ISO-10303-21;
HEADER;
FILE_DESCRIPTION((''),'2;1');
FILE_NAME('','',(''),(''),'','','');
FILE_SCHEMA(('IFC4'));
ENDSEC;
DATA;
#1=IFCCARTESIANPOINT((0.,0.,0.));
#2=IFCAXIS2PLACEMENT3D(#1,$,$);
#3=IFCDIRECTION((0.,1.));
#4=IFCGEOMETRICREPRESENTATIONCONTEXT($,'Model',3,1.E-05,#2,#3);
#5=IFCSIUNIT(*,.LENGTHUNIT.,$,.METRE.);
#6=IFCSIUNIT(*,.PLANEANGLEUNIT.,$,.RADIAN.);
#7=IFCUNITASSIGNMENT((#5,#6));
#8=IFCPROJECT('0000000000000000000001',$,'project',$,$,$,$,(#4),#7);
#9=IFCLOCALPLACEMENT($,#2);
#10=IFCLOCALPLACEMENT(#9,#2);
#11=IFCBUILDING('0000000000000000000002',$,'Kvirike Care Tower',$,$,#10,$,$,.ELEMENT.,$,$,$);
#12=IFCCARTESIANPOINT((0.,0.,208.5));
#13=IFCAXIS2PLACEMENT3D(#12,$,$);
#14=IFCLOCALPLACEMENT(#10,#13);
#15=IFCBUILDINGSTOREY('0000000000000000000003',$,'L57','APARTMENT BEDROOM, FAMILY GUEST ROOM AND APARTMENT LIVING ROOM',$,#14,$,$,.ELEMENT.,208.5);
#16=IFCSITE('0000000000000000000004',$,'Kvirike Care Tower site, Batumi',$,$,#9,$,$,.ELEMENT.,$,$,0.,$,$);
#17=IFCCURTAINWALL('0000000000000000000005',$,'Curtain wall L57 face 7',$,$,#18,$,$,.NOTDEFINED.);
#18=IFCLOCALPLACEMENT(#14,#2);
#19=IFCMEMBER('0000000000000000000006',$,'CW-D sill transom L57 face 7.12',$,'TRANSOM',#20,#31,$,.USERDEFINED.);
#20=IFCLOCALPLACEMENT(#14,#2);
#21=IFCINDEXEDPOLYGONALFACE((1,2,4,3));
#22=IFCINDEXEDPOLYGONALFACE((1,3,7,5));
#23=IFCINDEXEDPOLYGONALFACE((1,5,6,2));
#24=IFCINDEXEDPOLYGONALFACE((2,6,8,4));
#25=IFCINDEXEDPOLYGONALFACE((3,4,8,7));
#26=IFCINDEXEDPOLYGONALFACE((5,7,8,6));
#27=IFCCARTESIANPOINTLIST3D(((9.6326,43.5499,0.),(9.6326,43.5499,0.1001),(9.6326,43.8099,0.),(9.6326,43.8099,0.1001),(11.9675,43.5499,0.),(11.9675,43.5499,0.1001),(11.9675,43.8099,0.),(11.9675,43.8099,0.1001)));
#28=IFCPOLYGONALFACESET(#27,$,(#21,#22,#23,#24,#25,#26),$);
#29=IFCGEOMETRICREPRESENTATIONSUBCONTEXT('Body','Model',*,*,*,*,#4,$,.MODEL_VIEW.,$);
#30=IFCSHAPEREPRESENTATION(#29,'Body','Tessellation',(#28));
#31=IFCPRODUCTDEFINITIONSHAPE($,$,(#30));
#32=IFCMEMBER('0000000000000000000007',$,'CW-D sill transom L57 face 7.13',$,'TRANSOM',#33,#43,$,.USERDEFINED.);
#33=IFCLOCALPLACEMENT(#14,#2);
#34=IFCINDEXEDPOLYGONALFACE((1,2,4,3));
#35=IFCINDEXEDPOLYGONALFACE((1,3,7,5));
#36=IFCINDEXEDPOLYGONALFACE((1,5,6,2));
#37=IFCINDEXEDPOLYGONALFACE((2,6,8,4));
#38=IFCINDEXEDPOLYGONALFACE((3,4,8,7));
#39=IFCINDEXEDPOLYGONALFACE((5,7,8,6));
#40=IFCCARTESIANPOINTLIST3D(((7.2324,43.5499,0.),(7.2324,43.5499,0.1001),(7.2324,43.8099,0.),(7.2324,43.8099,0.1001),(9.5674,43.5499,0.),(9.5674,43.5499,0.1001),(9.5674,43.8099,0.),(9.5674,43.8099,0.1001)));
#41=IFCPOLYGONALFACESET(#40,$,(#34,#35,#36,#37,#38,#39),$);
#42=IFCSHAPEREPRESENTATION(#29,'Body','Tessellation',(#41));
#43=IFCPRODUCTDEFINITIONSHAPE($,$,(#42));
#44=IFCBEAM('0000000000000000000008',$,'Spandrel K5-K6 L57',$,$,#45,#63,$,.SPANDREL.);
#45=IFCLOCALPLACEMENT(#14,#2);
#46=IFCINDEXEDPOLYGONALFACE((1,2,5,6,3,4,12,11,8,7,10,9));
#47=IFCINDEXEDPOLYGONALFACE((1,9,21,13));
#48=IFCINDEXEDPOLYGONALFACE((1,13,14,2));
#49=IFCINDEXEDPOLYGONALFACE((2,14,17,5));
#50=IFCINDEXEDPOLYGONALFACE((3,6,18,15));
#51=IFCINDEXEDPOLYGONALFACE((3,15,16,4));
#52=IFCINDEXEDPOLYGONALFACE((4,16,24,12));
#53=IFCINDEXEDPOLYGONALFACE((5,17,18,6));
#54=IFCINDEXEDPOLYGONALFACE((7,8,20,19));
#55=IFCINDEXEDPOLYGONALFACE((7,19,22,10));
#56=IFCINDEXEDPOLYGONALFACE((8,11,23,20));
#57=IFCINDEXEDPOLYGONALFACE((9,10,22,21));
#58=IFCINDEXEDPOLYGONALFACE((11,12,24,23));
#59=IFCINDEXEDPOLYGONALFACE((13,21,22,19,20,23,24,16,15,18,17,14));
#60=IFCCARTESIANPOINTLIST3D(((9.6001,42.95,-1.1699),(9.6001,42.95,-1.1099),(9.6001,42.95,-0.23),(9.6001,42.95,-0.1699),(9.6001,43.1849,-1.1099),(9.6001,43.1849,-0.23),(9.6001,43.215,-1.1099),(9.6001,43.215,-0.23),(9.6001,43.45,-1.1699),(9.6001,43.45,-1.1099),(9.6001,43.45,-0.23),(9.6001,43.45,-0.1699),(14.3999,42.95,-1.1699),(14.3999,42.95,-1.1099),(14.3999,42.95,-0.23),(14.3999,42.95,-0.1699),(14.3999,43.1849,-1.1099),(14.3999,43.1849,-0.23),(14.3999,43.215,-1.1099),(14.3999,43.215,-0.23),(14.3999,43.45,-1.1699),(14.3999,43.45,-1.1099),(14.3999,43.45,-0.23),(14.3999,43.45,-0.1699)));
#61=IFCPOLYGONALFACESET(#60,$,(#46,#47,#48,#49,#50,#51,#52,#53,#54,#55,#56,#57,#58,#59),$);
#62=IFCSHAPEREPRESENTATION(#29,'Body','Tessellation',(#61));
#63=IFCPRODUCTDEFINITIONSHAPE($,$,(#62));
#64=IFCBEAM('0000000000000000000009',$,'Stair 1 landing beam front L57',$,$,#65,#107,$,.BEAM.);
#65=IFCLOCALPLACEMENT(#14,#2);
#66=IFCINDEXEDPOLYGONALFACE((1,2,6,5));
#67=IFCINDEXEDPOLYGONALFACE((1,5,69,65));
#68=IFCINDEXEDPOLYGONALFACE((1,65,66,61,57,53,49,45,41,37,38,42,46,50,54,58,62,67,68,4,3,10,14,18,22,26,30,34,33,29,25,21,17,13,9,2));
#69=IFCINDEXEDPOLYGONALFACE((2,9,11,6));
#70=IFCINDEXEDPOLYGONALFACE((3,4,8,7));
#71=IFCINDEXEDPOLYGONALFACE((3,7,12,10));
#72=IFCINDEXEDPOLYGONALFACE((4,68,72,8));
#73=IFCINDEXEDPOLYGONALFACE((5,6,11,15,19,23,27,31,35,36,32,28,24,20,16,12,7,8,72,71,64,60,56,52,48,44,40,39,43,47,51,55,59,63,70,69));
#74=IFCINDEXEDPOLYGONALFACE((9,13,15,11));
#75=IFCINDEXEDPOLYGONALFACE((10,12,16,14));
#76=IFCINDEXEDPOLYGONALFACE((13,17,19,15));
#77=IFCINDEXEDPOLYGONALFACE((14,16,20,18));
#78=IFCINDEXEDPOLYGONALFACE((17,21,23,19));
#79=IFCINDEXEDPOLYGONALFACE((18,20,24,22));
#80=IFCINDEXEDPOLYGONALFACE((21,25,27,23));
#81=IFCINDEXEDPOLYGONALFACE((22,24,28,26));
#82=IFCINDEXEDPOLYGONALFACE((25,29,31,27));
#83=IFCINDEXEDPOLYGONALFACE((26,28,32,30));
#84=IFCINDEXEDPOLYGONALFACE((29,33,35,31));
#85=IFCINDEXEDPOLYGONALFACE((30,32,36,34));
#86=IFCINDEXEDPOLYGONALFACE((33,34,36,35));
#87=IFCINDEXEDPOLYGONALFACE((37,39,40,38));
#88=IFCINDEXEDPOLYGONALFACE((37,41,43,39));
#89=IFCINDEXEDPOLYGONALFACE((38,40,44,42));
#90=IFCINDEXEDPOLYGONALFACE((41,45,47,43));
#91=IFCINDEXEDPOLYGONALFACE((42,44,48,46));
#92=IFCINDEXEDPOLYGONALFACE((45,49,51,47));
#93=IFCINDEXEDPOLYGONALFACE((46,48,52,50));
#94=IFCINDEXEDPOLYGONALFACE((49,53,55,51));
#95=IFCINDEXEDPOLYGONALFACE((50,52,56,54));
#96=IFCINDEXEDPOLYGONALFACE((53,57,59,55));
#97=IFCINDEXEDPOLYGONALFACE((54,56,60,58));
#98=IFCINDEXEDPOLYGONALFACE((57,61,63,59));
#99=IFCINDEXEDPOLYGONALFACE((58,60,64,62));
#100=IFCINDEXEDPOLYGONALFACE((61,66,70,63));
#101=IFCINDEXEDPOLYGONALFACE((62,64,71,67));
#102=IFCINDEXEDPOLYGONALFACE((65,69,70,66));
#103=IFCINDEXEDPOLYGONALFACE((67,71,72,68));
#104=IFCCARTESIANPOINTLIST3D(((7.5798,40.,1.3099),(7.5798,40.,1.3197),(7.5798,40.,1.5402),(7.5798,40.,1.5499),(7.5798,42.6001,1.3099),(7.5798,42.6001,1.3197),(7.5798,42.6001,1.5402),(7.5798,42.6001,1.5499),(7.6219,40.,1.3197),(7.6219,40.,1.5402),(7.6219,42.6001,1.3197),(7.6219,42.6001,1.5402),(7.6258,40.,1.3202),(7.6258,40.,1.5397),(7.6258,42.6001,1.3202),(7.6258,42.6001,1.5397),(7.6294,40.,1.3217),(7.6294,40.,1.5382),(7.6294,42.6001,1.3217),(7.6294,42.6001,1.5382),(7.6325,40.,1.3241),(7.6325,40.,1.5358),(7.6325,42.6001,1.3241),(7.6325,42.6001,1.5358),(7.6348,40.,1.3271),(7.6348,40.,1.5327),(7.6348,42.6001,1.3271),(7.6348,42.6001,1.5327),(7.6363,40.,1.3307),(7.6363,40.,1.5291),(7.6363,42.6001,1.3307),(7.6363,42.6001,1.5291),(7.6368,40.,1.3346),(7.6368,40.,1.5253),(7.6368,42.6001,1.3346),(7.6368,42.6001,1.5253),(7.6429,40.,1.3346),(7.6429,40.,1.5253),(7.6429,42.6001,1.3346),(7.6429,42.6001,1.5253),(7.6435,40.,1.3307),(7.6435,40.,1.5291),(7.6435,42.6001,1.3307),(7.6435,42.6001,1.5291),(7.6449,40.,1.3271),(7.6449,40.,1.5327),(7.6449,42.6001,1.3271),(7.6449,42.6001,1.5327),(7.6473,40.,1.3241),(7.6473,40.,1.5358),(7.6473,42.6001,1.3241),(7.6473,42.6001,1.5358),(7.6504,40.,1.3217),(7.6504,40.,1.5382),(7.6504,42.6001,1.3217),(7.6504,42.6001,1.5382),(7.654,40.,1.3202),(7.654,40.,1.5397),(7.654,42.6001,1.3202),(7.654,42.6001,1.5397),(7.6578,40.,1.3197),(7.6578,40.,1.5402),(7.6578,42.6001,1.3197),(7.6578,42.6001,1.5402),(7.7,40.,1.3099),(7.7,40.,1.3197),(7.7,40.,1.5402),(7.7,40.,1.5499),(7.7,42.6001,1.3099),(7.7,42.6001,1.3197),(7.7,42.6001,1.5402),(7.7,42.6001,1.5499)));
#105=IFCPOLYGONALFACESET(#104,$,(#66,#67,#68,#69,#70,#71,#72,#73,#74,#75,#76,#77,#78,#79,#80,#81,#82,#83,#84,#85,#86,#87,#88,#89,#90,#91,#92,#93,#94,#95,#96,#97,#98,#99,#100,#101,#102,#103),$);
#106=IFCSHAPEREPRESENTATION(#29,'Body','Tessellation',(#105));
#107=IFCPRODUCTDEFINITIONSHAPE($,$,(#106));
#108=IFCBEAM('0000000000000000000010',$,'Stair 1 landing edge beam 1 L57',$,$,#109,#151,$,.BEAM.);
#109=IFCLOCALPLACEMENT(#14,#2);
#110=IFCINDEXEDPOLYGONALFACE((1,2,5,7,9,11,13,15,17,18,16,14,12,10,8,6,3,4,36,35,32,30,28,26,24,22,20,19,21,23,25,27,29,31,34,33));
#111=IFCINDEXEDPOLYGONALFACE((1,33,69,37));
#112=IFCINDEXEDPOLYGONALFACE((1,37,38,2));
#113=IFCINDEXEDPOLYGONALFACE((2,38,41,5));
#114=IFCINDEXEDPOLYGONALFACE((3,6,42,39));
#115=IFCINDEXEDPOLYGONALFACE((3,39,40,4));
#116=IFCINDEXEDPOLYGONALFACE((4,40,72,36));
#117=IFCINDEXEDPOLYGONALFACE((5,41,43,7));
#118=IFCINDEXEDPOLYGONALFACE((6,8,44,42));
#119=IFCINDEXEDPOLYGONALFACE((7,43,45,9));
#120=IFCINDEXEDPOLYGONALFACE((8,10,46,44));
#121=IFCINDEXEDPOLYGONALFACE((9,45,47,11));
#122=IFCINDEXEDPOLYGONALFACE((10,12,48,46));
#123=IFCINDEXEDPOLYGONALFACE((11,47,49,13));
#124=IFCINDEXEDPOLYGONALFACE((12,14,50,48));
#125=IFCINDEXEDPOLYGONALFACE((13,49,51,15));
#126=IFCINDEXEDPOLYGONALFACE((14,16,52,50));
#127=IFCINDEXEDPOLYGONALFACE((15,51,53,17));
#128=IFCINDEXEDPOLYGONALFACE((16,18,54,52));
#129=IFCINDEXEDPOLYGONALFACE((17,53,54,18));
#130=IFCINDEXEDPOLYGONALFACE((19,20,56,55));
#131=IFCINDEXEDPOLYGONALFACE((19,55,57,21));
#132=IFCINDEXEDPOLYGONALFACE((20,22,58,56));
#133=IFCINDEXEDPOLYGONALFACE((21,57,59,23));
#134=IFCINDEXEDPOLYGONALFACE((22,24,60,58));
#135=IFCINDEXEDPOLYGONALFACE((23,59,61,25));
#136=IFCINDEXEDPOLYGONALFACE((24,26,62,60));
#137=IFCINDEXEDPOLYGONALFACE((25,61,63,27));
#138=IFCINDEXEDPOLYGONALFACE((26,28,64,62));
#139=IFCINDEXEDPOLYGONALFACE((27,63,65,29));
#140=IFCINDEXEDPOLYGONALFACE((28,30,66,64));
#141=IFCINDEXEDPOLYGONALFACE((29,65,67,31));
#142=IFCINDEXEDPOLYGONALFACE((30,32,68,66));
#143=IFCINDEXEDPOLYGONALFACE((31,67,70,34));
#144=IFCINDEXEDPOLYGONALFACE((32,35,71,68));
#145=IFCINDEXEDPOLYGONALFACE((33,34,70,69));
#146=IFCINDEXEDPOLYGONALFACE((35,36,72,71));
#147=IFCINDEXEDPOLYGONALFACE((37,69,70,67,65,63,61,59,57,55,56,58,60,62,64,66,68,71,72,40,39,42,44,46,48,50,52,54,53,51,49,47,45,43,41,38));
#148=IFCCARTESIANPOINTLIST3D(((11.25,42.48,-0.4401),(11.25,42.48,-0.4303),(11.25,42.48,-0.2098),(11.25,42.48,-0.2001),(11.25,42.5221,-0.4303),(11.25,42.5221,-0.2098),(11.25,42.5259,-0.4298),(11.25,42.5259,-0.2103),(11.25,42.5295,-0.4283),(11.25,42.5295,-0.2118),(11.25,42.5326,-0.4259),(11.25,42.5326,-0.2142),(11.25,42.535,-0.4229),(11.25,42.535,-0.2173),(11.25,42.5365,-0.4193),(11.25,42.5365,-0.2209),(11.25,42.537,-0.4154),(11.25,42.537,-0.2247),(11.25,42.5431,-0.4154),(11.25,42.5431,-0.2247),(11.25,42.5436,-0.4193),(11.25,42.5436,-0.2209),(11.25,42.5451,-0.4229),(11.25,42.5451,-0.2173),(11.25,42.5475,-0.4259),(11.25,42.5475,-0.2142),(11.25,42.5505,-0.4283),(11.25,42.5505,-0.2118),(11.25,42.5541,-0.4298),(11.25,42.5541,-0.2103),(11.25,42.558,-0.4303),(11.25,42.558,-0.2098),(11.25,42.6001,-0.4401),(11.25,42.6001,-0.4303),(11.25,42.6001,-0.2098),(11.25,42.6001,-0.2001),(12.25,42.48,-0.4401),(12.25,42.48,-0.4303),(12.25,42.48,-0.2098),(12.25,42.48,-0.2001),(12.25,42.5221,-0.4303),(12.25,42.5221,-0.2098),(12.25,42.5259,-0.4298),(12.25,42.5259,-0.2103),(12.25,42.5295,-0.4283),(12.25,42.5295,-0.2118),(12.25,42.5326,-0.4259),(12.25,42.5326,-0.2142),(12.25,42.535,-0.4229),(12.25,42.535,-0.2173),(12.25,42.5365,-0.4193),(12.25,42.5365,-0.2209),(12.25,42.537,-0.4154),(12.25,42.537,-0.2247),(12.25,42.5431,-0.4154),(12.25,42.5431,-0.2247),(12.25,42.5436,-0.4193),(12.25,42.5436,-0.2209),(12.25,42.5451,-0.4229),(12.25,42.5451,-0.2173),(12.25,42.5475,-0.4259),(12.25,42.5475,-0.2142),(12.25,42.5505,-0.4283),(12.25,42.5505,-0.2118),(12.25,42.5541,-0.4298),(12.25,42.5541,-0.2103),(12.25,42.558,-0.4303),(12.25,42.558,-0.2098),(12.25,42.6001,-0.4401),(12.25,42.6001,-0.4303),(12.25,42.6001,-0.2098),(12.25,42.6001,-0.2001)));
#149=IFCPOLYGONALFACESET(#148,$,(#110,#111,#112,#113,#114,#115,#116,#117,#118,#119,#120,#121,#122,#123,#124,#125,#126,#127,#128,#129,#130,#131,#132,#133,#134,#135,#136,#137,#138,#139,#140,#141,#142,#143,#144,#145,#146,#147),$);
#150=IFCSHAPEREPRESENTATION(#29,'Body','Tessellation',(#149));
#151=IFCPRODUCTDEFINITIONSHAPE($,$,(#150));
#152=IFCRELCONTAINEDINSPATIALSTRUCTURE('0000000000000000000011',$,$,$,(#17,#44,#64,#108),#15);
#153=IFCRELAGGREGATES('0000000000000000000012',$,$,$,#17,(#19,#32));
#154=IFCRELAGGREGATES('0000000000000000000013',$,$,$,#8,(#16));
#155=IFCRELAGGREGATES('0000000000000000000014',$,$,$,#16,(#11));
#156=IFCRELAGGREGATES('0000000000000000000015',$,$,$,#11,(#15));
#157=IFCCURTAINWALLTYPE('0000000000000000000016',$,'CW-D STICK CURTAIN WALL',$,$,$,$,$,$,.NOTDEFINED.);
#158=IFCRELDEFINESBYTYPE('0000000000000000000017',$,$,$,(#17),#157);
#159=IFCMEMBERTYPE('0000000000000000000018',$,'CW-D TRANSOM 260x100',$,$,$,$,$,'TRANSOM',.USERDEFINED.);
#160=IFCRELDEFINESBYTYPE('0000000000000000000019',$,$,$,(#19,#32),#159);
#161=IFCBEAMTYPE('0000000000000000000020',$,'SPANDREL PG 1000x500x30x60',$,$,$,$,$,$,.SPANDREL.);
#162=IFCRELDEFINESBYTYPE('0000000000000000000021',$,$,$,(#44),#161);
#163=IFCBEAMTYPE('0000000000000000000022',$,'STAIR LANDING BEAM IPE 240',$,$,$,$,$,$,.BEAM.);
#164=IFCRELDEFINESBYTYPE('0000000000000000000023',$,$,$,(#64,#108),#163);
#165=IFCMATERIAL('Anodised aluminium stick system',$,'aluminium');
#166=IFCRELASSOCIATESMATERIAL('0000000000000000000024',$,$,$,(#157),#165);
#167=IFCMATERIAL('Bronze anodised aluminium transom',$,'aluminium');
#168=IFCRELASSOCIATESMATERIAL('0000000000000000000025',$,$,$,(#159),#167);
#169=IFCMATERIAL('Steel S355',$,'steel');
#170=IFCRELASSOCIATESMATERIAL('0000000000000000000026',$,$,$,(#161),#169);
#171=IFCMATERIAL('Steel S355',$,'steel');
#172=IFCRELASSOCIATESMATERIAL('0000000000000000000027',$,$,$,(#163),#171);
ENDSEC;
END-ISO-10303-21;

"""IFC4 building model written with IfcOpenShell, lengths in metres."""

from ifc_helpers import new_model, si_unit, direction, frame, origin, origin_2d, place, context, subcontext, project, spatial, rectangle, i_section, extrude, material, material_profile, profile_set, type_object, element, aggregate, save


model = new_model("IFC4")

# Units and contexts
model_context = context("Model", 3, precision=1e-05, world=origin(), true_north=direction((0.0, 1.0)))
body_context = subcontext(model_context, "Body", "Model", "MODEL_VIEW")
ifc_project = project(units=[si_unit("LENGTHUNIT", "METRE"), si_unit("PLANEANGLEUNIT", "RADIAN")], contexts=[model_context])

# Site, building, storey
site_placement = place(None, origin())
site = spatial("IfcSite", under=ifc_project, at=site_placement, Name="Kvirike Care Tower site, Batumi", CompositionType="ELEMENT", RefElevation=0.0)
building_placement = place(site_placement, origin())
building = spatial("IfcBuilding", under=site, at=building_placement, Name="Kvirike Care Tower", CompositionType="ELEMENT")
storey_placement = place(building_placement, frame((0.0, 0.0, 208.5)))
storey = spatial("IfcBuildingStorey", under=building, at=storey_placement, Name="L57", Description="APARTMENT BEDROOM, FAMILY GUEST ROOM AND APARTMENT LIVING ROOM", CompositionType="ELEMENT", Elevation=208.5)

# Curtain wall, members
ifc_material_1 = material(Name="Anodised aluminium stick system", Category="aluminium")
curtain_wall_type = type_object("IfcCurtainWallType", Name="CW-D STICK CURTAIN WALL", PredefinedType="NOTDEFINED", material=ifc_material_1)
curtain_wall_placement = place(storey_placement, origin())
curtain_wall = element("IfcCurtainWall", 1, at=curtain_wall_placement, inside=storey, type_object=curtain_wall_type, Name="Curtain wall L57 face 7", PredefinedType="NOTDEFINED")
ifc_material_2 = material(Name="Bronze anodised aluminium transom", Category="aluminium")
ifc_material_profile_1 = material_profile(ifc_material_2, rectangle(XDim=0.26, YDim=0.1001, at=origin_2d()), Name="CW-D TRANSOM 260x100")
ifc_profile_set_1 = profile_set([ifc_material_profile_1], Name="Bronze anodised aluminium transom")
member_type_1 = type_object("IfcMemberType", Name="CW-D TRANSOM 260x100", ElementType="TRANSOM", PredefinedType="USERDEFINED", material=ifc_profile_set_1)
member_1_placement = place(storey_placement, frame((11.9675, 43.6799, 0.05), z_axis=(-1.0, 0.0, 0.0), x_axis=(0.0, -1.0, 0.0)))
member_1 = element("IfcMember", 2, at=member_1_placement, type_object=member_type_1, Name="CW-D sill transom L57 face 7.12", ObjectType="TRANSOM", PredefinedType="USERDEFINED", context=body_context, shape_type="SweptSolid", body=[
    extrude(rectangle(XDim=0.26, YDim=0.1001, at=origin_2d()), origin(), (0.0, 0.0, 1.0), 2.335),
])
member_2_placement = place(storey_placement, frame((9.5674, 43.6799, 0.05), z_axis=(-1.0, 0.0, 0.0), x_axis=(0.0, -1.0, 0.0)))
member_2 = element("IfcMember", 3, at=member_2_placement, type_object=member_type_1, Name="CW-D sill transom L57 face 7.13", ObjectType="TRANSOM", PredefinedType="USERDEFINED", context=body_context, shape_type="SweptSolid", body=[
    extrude(rectangle(XDim=0.26, YDim=0.1001, at=origin_2d()), origin(), (0.0, 0.0, 1.0), 2.335),
])

# Beams
ifc_material_3 = material(Name="Steel S355", Category="steel")
ifc_material_profile_2 = material_profile(ifc_material_3, i_section(OverallWidth=0.5, OverallDepth=1.0, WebThickness=0.03, FlangeThickness=0.0601, at=origin_2d()), Name="PG 1000x500x30x60")
ifc_profile_set_2 = profile_set([ifc_material_profile_2], Name="Steel S355")
beam_type_1 = type_object("IfcBeamType", Name="SPANDREL PG 1000x500x30x60", PredefinedType="SPANDREL", material=ifc_profile_set_2)
beam_1_placement = place(storey_placement, frame((9.6001, 43.2, -0.6699), z_axis=(1.0, 0.0, 0.0), x_axis=(0.0, 1.0, 0.0)))
element("IfcBeam", 4, at=beam_1_placement, inside=storey, type_object=beam_type_1, Name="Spandrel K5-K6 L57", PredefinedType="SPANDREL", context=body_context, shape_type="SweptSolid", body=[
    extrude(i_section(OverallWidth=0.5, OverallDepth=1.0, WebThickness=0.03, FlangeThickness=0.0601, at=origin_2d()), origin(), (0.0, 0.0, 1.0), 4.7998),
])
ifc_material_4 = material(Name="Steel S355", Category="steel")
ifc_material_profile_3 = material_profile(ifc_material_4, i_section(OverallWidth=0.1201, OverallDepth=0.24, WebThickness=0.0061, FlangeThickness=0.0098, FilletRadius=0.0149, at=origin_2d()), Name="IPE 240")
ifc_profile_set_3 = profile_set([ifc_material_profile_3], Name="Steel S355")
beam_type_2 = type_object("IfcBeamType", Name="STAIR LANDING BEAM IPE 240", PredefinedType="BEAM", material=ifc_profile_set_3)
beam_2_placement = place(storey_placement, frame((7.6399, 42.6001, 1.4299), z_axis=(0.0, -1.0, 0.0), x_axis=(1.0, 0.0, 0.0)))
element("IfcBeam", 5, at=beam_2_placement, inside=storey, type_object=beam_type_2, Name="Stair 1 landing beam front L57", PredefinedType="BEAM", context=body_context, shape_type="SweptSolid", body=[
    extrude(i_section(OverallWidth=0.1201, OverallDepth=0.24, WebThickness=0.0061, FlangeThickness=0.0098, FilletRadius=0.0149, at=origin_2d()), origin(), (0.0, 0.0, 1.0), 2.6001),
])
beam_3_placement = place(storey_placement, frame((11.25, 42.54, -0.3201), z_axis=(1.0, 0.0, 0.0), x_axis=(0.0, 1.0, 0.0)))
element("IfcBeam", 6, at=beam_3_placement, inside=storey, type_object=beam_type_2, Name="Stair 1 landing edge beam 1 L57", PredefinedType="BEAM", context=body_context, shape_type="SweptSolid", body=[
    extrude(i_section(OverallWidth=0.1201, OverallDepth=0.24, WebThickness=0.0061, FlangeThickness=0.0098, FilletRadius=0.0149, at=origin_2d()), origin(), (0.0, 0.0, 1.0), 1.0),
])

aggregate(curtain_wall, [member_1, member_2])

save(model, "model.ifc")
